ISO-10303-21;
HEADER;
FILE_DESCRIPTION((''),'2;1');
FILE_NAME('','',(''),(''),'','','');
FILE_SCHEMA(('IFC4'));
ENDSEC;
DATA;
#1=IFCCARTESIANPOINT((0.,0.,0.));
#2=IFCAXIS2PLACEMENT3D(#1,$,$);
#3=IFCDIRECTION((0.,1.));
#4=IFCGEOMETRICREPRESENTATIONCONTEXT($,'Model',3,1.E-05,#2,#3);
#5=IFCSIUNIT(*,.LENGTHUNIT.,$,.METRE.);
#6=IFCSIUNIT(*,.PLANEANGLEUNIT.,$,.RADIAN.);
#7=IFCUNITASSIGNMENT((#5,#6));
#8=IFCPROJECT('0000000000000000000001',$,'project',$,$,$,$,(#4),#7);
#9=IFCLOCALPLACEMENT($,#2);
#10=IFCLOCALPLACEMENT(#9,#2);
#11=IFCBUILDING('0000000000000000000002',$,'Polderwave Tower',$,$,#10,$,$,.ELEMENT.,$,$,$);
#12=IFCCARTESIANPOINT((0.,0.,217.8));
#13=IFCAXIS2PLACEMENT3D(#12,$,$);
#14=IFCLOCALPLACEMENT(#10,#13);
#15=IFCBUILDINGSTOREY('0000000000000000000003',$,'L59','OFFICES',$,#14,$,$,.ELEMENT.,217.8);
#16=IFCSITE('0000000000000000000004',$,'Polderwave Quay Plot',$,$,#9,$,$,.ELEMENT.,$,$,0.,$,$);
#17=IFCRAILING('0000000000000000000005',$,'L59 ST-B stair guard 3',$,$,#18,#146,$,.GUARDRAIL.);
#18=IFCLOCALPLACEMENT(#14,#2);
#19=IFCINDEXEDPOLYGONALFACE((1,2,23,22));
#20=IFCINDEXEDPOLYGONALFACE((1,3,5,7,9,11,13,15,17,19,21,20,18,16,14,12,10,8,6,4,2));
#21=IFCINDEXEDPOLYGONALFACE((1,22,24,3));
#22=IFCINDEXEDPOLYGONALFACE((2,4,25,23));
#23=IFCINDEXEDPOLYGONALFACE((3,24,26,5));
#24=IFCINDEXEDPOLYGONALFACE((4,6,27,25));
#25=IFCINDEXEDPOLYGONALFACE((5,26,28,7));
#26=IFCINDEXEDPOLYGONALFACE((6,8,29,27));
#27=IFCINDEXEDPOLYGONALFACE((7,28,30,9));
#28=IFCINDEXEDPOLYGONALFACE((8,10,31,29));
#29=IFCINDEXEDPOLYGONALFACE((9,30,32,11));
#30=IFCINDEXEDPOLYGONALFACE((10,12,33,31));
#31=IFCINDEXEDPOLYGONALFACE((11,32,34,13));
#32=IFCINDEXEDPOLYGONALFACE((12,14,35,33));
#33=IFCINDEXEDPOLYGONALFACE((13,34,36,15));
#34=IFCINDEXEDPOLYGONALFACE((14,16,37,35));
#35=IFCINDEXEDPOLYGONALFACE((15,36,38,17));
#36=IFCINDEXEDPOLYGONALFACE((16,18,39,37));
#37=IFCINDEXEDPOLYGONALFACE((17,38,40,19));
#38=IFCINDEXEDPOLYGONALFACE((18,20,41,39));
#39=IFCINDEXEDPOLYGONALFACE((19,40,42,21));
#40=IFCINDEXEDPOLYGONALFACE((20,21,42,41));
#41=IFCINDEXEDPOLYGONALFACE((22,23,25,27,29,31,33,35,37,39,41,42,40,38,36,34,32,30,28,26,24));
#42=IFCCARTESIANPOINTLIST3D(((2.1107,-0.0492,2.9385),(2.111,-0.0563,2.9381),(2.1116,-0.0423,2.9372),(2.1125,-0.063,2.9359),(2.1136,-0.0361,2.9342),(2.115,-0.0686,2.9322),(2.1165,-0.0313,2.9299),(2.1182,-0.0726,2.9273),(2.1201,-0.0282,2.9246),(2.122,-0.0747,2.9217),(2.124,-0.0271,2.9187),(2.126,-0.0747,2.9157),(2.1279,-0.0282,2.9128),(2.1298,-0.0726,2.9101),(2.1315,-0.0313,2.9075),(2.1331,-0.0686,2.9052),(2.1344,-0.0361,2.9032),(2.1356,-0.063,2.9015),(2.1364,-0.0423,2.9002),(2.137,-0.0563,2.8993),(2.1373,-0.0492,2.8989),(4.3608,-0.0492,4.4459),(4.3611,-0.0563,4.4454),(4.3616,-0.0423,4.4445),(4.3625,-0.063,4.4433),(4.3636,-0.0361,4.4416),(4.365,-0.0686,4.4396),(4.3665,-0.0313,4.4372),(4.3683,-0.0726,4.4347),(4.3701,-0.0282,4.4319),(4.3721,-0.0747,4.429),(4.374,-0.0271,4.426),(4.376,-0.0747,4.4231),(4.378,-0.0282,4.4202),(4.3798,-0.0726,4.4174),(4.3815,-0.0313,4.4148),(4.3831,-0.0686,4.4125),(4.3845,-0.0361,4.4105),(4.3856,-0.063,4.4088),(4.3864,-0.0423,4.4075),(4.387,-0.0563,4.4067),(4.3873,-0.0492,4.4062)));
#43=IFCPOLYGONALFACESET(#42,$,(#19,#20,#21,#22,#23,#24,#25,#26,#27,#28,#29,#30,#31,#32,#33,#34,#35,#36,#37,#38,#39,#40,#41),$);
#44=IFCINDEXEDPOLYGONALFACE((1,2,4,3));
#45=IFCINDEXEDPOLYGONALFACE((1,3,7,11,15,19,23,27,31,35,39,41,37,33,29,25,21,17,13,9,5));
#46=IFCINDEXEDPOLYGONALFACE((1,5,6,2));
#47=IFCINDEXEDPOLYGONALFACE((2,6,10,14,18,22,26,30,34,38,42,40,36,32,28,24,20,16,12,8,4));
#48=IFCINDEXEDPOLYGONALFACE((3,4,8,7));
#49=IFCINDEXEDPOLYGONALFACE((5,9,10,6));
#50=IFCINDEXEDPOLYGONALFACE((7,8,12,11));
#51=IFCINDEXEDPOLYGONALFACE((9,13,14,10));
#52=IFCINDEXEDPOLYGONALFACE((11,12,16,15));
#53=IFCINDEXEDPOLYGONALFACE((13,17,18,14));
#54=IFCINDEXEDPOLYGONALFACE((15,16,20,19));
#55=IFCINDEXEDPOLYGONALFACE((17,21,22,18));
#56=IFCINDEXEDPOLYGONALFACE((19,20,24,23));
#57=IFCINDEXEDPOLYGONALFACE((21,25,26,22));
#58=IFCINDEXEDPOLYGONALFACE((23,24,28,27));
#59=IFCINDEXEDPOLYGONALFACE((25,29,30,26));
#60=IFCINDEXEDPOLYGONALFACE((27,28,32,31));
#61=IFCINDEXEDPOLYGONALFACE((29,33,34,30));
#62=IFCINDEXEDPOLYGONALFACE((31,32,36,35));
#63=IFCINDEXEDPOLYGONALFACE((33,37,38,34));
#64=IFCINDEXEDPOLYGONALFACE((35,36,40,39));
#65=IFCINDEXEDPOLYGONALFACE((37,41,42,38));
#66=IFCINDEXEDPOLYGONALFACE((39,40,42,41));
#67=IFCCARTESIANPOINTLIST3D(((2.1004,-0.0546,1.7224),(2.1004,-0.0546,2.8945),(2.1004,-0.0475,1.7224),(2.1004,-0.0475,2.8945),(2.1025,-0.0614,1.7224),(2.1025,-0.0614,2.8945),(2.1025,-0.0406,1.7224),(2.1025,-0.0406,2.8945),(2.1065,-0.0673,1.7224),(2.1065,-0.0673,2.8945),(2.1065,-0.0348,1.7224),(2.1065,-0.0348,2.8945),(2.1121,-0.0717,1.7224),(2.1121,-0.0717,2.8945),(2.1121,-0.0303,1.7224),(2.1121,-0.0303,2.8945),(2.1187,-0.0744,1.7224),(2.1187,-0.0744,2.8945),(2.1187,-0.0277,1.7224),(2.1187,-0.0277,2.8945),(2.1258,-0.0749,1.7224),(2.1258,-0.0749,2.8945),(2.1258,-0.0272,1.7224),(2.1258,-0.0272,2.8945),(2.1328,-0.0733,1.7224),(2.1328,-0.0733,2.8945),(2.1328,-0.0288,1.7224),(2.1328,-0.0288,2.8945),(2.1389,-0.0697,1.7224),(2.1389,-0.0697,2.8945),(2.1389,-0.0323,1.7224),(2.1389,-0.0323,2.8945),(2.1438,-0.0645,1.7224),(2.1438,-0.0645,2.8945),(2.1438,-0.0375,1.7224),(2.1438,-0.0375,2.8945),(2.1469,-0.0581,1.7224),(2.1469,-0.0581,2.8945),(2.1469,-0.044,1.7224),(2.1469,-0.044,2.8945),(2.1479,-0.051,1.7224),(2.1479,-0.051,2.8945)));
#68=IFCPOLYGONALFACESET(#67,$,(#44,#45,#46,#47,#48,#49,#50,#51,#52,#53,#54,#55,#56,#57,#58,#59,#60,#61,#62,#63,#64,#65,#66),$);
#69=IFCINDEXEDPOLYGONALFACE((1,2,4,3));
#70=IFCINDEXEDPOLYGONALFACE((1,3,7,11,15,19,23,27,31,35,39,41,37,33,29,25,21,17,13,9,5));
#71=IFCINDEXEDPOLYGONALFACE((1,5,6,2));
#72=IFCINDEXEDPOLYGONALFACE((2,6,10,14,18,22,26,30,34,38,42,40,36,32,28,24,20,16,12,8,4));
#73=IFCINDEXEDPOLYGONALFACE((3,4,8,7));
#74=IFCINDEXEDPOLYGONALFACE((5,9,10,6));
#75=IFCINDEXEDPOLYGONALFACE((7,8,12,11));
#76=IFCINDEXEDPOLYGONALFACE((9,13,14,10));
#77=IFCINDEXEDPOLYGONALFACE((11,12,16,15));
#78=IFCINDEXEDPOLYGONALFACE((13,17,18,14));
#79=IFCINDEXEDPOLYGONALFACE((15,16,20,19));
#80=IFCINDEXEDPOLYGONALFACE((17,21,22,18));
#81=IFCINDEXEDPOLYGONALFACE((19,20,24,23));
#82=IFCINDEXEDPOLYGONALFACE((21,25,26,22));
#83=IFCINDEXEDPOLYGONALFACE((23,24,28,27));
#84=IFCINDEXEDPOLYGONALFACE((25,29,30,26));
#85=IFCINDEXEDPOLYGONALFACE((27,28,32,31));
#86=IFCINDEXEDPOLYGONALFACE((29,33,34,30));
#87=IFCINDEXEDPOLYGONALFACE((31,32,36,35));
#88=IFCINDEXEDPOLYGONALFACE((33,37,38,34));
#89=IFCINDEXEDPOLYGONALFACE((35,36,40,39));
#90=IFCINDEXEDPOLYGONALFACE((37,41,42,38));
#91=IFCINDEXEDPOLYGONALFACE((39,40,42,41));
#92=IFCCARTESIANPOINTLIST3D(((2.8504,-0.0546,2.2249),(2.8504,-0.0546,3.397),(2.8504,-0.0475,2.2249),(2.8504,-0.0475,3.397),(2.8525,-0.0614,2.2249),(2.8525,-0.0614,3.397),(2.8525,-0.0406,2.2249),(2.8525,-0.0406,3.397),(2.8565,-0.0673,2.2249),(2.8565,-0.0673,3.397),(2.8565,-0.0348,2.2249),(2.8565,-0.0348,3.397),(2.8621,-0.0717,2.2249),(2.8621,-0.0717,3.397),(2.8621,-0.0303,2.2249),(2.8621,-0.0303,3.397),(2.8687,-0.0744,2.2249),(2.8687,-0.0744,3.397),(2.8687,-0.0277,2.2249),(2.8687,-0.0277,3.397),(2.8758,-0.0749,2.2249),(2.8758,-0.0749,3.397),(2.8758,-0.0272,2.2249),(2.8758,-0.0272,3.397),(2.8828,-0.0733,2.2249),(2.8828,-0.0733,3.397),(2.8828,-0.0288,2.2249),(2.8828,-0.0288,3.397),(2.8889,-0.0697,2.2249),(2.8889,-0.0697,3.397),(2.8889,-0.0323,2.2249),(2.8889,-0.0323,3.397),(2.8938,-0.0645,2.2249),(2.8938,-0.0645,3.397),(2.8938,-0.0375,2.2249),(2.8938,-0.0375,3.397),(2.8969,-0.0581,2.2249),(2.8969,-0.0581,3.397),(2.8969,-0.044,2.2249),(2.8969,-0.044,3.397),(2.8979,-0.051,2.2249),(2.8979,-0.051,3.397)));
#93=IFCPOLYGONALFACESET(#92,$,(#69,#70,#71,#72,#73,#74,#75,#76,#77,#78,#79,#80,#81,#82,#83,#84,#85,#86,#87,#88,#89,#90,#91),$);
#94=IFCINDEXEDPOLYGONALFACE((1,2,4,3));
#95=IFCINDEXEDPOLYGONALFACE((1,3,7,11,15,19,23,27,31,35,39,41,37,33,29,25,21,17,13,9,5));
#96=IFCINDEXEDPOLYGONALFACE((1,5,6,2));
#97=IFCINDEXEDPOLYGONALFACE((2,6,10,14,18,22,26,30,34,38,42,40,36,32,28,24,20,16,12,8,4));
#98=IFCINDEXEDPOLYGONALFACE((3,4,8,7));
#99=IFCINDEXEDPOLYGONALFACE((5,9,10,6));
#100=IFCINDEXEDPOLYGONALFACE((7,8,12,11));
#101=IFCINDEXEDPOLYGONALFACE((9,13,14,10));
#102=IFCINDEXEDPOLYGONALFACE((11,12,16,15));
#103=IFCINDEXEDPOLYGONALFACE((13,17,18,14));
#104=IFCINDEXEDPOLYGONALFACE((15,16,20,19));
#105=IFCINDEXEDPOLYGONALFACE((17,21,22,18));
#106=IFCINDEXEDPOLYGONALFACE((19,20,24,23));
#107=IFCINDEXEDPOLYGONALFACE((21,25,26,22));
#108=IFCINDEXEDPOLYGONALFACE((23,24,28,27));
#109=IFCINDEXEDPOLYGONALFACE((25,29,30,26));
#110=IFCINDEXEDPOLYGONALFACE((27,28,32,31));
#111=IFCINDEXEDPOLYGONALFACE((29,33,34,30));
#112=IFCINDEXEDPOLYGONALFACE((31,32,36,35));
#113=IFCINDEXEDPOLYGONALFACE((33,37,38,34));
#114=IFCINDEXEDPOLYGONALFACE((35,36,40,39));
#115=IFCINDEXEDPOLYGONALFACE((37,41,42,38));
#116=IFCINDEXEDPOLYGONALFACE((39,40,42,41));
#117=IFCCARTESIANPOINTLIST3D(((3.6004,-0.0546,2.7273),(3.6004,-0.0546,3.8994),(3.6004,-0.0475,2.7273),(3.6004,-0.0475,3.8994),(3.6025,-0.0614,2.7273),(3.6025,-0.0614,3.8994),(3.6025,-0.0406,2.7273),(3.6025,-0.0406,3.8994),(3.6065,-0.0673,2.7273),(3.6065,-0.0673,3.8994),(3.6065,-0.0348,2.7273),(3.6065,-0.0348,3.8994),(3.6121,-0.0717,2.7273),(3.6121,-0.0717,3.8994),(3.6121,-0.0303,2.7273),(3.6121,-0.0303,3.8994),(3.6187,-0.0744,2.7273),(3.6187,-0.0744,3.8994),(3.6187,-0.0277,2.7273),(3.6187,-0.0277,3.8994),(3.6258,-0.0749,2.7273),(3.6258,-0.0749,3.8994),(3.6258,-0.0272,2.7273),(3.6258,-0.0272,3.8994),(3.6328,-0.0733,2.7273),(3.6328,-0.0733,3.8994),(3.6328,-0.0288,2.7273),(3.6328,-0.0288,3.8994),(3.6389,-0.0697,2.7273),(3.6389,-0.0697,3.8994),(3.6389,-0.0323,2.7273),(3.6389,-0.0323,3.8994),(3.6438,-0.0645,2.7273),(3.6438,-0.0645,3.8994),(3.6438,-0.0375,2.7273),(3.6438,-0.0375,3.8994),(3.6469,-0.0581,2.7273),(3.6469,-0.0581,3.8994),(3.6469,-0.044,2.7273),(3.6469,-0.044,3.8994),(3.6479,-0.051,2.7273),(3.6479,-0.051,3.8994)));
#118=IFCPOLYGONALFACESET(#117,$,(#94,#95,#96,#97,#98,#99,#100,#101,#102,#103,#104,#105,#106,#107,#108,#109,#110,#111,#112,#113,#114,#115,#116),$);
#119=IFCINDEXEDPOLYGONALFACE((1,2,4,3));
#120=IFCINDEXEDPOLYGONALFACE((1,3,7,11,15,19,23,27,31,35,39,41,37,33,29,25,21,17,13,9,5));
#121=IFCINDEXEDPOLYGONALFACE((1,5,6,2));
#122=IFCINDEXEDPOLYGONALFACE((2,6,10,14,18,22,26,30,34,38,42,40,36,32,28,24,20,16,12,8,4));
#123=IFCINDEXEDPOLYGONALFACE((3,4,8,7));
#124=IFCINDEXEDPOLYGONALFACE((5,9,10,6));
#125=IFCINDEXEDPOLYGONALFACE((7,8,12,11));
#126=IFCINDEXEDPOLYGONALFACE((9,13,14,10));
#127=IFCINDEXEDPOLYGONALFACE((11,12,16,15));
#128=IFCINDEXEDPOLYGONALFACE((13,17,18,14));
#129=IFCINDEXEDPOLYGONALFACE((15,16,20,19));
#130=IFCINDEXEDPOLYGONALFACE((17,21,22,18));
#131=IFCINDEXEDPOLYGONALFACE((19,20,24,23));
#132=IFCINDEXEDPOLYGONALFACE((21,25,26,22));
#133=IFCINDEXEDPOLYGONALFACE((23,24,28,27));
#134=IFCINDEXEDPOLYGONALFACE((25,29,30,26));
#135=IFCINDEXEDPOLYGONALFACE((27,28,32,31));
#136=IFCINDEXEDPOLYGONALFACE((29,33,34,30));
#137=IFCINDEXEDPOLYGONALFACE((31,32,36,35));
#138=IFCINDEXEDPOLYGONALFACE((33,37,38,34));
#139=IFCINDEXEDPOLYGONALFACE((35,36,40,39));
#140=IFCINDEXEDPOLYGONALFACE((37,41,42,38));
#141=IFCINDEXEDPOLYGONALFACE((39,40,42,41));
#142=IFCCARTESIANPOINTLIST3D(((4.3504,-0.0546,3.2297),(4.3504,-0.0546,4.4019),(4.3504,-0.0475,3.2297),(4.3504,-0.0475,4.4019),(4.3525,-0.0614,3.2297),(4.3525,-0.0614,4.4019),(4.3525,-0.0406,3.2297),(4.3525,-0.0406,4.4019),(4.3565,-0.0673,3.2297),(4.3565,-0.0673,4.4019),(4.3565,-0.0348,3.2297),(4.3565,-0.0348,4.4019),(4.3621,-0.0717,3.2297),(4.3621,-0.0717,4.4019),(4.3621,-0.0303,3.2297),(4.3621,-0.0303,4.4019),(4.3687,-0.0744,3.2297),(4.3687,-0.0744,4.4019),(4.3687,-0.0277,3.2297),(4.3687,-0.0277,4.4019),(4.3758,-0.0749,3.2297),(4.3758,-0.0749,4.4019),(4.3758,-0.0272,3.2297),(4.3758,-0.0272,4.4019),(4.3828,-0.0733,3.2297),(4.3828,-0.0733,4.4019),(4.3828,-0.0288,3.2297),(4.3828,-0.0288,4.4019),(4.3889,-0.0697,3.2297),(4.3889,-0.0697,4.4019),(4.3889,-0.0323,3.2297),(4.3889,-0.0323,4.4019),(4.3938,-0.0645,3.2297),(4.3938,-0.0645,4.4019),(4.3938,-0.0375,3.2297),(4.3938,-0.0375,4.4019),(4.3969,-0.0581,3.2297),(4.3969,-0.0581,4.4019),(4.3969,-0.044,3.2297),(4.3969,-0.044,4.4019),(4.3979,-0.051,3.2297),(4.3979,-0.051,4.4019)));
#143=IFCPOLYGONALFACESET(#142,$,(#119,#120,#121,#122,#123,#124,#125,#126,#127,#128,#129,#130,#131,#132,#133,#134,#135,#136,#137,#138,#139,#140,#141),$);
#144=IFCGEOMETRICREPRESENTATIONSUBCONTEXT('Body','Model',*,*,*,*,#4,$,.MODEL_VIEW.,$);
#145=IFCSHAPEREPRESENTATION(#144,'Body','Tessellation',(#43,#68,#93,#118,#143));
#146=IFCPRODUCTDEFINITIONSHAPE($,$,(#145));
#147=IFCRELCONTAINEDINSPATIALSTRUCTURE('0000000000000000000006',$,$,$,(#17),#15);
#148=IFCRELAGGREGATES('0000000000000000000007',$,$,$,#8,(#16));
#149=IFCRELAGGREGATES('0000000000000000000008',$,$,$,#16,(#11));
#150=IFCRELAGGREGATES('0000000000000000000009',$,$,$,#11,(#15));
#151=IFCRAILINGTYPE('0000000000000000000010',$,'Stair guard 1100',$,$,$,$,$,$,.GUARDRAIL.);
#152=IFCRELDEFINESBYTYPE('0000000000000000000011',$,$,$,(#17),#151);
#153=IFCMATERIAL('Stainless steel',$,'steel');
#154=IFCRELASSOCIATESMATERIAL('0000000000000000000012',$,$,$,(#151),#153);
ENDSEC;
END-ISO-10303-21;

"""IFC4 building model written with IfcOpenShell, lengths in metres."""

from ifc_helpers import new_model, si_unit, direction, frame, origin, origin_2d, place, context, subcontext, project, spatial, circle, extrude, material, type_object, element, save


model = new_model("IFC4")

# Units and contexts
model_context = context("Model", 3, precision=1e-05, world=origin(), true_north=direction((0.0, 1.0)))
body_context = subcontext(model_context, "Body", "Model", "MODEL_VIEW")
ifc_project = project(units=[si_unit("LENGTHUNIT", "METRE"), si_unit("PLANEANGLEUNIT", "RADIAN")], contexts=[model_context])

# Site, building, storey
site_placement = place(None, origin())
site = spatial("IfcSite", under=ifc_project, at=site_placement, Name="Polderwave Quay Plot", CompositionType="ELEMENT", RefElevation=0.0)
building_placement = place(site_placement, origin())
building = spatial("IfcBuilding", under=site, at=building_placement, Name="Polderwave Tower", CompositionType="ELEMENT")
storey_placement = place(building_placement, frame((0.0, 0.0, 217.8)))
storey = spatial("IfcBuildingStorey", under=building, at=storey_placement, Name="L59", Description="OFFICES", CompositionType="ELEMENT", Elevation=217.8)

# Railing
ifc_material_1 = material(Name="Stainless steel", Category="steel")
railing_type_1 = type_object("IfcRailingType", Name="Stair guard 1100", PredefinedType="GUARDRAIL", material=ifc_material_1)
railing_1_placement = place(storey_placement, frame((2.124, -0.051, 1.7224)))
element("IfcRailing", 1, at=railing_1_placement, inside=storey, type_object=railing_type_1, Name="L59 ST-B stair guard 3", PredefinedType="GUARDRAIL", context=body_context, shape_type="SweptSolid", body=[
    extrude(circle(Radius=0.0239, at=origin_2d()), frame((0.0, 0.0, 1.1963), z_axis=(0.8308, 0.0, 0.556571), x_axis=(0.0, 1.0, 0.0)), (0.0, 0.0, 1.0), 2.7083),
    extrude(circle(Radius=0.0239, at=origin_2d()), origin(), (0.0, 0.0, 1.0), 1.1721),
    extrude(circle(Radius=0.0239, at=origin_2d()), frame((0.75, 0.0, 0.5024)), (0.0, 0.0, 1.0), 1.1721),
    extrude(circle(Radius=0.0239, at=origin_2d()), frame((1.5, 0.0, 1.0049)), (0.0, 0.0, 1.0), 1.1721),
    extrude(circle(Radius=0.0239, at=origin_2d()), frame((2.25, 0.0, 1.5073)), (0.0, 0.0, 1.0), 1.1721),
])

save(model, "model.ifc")
